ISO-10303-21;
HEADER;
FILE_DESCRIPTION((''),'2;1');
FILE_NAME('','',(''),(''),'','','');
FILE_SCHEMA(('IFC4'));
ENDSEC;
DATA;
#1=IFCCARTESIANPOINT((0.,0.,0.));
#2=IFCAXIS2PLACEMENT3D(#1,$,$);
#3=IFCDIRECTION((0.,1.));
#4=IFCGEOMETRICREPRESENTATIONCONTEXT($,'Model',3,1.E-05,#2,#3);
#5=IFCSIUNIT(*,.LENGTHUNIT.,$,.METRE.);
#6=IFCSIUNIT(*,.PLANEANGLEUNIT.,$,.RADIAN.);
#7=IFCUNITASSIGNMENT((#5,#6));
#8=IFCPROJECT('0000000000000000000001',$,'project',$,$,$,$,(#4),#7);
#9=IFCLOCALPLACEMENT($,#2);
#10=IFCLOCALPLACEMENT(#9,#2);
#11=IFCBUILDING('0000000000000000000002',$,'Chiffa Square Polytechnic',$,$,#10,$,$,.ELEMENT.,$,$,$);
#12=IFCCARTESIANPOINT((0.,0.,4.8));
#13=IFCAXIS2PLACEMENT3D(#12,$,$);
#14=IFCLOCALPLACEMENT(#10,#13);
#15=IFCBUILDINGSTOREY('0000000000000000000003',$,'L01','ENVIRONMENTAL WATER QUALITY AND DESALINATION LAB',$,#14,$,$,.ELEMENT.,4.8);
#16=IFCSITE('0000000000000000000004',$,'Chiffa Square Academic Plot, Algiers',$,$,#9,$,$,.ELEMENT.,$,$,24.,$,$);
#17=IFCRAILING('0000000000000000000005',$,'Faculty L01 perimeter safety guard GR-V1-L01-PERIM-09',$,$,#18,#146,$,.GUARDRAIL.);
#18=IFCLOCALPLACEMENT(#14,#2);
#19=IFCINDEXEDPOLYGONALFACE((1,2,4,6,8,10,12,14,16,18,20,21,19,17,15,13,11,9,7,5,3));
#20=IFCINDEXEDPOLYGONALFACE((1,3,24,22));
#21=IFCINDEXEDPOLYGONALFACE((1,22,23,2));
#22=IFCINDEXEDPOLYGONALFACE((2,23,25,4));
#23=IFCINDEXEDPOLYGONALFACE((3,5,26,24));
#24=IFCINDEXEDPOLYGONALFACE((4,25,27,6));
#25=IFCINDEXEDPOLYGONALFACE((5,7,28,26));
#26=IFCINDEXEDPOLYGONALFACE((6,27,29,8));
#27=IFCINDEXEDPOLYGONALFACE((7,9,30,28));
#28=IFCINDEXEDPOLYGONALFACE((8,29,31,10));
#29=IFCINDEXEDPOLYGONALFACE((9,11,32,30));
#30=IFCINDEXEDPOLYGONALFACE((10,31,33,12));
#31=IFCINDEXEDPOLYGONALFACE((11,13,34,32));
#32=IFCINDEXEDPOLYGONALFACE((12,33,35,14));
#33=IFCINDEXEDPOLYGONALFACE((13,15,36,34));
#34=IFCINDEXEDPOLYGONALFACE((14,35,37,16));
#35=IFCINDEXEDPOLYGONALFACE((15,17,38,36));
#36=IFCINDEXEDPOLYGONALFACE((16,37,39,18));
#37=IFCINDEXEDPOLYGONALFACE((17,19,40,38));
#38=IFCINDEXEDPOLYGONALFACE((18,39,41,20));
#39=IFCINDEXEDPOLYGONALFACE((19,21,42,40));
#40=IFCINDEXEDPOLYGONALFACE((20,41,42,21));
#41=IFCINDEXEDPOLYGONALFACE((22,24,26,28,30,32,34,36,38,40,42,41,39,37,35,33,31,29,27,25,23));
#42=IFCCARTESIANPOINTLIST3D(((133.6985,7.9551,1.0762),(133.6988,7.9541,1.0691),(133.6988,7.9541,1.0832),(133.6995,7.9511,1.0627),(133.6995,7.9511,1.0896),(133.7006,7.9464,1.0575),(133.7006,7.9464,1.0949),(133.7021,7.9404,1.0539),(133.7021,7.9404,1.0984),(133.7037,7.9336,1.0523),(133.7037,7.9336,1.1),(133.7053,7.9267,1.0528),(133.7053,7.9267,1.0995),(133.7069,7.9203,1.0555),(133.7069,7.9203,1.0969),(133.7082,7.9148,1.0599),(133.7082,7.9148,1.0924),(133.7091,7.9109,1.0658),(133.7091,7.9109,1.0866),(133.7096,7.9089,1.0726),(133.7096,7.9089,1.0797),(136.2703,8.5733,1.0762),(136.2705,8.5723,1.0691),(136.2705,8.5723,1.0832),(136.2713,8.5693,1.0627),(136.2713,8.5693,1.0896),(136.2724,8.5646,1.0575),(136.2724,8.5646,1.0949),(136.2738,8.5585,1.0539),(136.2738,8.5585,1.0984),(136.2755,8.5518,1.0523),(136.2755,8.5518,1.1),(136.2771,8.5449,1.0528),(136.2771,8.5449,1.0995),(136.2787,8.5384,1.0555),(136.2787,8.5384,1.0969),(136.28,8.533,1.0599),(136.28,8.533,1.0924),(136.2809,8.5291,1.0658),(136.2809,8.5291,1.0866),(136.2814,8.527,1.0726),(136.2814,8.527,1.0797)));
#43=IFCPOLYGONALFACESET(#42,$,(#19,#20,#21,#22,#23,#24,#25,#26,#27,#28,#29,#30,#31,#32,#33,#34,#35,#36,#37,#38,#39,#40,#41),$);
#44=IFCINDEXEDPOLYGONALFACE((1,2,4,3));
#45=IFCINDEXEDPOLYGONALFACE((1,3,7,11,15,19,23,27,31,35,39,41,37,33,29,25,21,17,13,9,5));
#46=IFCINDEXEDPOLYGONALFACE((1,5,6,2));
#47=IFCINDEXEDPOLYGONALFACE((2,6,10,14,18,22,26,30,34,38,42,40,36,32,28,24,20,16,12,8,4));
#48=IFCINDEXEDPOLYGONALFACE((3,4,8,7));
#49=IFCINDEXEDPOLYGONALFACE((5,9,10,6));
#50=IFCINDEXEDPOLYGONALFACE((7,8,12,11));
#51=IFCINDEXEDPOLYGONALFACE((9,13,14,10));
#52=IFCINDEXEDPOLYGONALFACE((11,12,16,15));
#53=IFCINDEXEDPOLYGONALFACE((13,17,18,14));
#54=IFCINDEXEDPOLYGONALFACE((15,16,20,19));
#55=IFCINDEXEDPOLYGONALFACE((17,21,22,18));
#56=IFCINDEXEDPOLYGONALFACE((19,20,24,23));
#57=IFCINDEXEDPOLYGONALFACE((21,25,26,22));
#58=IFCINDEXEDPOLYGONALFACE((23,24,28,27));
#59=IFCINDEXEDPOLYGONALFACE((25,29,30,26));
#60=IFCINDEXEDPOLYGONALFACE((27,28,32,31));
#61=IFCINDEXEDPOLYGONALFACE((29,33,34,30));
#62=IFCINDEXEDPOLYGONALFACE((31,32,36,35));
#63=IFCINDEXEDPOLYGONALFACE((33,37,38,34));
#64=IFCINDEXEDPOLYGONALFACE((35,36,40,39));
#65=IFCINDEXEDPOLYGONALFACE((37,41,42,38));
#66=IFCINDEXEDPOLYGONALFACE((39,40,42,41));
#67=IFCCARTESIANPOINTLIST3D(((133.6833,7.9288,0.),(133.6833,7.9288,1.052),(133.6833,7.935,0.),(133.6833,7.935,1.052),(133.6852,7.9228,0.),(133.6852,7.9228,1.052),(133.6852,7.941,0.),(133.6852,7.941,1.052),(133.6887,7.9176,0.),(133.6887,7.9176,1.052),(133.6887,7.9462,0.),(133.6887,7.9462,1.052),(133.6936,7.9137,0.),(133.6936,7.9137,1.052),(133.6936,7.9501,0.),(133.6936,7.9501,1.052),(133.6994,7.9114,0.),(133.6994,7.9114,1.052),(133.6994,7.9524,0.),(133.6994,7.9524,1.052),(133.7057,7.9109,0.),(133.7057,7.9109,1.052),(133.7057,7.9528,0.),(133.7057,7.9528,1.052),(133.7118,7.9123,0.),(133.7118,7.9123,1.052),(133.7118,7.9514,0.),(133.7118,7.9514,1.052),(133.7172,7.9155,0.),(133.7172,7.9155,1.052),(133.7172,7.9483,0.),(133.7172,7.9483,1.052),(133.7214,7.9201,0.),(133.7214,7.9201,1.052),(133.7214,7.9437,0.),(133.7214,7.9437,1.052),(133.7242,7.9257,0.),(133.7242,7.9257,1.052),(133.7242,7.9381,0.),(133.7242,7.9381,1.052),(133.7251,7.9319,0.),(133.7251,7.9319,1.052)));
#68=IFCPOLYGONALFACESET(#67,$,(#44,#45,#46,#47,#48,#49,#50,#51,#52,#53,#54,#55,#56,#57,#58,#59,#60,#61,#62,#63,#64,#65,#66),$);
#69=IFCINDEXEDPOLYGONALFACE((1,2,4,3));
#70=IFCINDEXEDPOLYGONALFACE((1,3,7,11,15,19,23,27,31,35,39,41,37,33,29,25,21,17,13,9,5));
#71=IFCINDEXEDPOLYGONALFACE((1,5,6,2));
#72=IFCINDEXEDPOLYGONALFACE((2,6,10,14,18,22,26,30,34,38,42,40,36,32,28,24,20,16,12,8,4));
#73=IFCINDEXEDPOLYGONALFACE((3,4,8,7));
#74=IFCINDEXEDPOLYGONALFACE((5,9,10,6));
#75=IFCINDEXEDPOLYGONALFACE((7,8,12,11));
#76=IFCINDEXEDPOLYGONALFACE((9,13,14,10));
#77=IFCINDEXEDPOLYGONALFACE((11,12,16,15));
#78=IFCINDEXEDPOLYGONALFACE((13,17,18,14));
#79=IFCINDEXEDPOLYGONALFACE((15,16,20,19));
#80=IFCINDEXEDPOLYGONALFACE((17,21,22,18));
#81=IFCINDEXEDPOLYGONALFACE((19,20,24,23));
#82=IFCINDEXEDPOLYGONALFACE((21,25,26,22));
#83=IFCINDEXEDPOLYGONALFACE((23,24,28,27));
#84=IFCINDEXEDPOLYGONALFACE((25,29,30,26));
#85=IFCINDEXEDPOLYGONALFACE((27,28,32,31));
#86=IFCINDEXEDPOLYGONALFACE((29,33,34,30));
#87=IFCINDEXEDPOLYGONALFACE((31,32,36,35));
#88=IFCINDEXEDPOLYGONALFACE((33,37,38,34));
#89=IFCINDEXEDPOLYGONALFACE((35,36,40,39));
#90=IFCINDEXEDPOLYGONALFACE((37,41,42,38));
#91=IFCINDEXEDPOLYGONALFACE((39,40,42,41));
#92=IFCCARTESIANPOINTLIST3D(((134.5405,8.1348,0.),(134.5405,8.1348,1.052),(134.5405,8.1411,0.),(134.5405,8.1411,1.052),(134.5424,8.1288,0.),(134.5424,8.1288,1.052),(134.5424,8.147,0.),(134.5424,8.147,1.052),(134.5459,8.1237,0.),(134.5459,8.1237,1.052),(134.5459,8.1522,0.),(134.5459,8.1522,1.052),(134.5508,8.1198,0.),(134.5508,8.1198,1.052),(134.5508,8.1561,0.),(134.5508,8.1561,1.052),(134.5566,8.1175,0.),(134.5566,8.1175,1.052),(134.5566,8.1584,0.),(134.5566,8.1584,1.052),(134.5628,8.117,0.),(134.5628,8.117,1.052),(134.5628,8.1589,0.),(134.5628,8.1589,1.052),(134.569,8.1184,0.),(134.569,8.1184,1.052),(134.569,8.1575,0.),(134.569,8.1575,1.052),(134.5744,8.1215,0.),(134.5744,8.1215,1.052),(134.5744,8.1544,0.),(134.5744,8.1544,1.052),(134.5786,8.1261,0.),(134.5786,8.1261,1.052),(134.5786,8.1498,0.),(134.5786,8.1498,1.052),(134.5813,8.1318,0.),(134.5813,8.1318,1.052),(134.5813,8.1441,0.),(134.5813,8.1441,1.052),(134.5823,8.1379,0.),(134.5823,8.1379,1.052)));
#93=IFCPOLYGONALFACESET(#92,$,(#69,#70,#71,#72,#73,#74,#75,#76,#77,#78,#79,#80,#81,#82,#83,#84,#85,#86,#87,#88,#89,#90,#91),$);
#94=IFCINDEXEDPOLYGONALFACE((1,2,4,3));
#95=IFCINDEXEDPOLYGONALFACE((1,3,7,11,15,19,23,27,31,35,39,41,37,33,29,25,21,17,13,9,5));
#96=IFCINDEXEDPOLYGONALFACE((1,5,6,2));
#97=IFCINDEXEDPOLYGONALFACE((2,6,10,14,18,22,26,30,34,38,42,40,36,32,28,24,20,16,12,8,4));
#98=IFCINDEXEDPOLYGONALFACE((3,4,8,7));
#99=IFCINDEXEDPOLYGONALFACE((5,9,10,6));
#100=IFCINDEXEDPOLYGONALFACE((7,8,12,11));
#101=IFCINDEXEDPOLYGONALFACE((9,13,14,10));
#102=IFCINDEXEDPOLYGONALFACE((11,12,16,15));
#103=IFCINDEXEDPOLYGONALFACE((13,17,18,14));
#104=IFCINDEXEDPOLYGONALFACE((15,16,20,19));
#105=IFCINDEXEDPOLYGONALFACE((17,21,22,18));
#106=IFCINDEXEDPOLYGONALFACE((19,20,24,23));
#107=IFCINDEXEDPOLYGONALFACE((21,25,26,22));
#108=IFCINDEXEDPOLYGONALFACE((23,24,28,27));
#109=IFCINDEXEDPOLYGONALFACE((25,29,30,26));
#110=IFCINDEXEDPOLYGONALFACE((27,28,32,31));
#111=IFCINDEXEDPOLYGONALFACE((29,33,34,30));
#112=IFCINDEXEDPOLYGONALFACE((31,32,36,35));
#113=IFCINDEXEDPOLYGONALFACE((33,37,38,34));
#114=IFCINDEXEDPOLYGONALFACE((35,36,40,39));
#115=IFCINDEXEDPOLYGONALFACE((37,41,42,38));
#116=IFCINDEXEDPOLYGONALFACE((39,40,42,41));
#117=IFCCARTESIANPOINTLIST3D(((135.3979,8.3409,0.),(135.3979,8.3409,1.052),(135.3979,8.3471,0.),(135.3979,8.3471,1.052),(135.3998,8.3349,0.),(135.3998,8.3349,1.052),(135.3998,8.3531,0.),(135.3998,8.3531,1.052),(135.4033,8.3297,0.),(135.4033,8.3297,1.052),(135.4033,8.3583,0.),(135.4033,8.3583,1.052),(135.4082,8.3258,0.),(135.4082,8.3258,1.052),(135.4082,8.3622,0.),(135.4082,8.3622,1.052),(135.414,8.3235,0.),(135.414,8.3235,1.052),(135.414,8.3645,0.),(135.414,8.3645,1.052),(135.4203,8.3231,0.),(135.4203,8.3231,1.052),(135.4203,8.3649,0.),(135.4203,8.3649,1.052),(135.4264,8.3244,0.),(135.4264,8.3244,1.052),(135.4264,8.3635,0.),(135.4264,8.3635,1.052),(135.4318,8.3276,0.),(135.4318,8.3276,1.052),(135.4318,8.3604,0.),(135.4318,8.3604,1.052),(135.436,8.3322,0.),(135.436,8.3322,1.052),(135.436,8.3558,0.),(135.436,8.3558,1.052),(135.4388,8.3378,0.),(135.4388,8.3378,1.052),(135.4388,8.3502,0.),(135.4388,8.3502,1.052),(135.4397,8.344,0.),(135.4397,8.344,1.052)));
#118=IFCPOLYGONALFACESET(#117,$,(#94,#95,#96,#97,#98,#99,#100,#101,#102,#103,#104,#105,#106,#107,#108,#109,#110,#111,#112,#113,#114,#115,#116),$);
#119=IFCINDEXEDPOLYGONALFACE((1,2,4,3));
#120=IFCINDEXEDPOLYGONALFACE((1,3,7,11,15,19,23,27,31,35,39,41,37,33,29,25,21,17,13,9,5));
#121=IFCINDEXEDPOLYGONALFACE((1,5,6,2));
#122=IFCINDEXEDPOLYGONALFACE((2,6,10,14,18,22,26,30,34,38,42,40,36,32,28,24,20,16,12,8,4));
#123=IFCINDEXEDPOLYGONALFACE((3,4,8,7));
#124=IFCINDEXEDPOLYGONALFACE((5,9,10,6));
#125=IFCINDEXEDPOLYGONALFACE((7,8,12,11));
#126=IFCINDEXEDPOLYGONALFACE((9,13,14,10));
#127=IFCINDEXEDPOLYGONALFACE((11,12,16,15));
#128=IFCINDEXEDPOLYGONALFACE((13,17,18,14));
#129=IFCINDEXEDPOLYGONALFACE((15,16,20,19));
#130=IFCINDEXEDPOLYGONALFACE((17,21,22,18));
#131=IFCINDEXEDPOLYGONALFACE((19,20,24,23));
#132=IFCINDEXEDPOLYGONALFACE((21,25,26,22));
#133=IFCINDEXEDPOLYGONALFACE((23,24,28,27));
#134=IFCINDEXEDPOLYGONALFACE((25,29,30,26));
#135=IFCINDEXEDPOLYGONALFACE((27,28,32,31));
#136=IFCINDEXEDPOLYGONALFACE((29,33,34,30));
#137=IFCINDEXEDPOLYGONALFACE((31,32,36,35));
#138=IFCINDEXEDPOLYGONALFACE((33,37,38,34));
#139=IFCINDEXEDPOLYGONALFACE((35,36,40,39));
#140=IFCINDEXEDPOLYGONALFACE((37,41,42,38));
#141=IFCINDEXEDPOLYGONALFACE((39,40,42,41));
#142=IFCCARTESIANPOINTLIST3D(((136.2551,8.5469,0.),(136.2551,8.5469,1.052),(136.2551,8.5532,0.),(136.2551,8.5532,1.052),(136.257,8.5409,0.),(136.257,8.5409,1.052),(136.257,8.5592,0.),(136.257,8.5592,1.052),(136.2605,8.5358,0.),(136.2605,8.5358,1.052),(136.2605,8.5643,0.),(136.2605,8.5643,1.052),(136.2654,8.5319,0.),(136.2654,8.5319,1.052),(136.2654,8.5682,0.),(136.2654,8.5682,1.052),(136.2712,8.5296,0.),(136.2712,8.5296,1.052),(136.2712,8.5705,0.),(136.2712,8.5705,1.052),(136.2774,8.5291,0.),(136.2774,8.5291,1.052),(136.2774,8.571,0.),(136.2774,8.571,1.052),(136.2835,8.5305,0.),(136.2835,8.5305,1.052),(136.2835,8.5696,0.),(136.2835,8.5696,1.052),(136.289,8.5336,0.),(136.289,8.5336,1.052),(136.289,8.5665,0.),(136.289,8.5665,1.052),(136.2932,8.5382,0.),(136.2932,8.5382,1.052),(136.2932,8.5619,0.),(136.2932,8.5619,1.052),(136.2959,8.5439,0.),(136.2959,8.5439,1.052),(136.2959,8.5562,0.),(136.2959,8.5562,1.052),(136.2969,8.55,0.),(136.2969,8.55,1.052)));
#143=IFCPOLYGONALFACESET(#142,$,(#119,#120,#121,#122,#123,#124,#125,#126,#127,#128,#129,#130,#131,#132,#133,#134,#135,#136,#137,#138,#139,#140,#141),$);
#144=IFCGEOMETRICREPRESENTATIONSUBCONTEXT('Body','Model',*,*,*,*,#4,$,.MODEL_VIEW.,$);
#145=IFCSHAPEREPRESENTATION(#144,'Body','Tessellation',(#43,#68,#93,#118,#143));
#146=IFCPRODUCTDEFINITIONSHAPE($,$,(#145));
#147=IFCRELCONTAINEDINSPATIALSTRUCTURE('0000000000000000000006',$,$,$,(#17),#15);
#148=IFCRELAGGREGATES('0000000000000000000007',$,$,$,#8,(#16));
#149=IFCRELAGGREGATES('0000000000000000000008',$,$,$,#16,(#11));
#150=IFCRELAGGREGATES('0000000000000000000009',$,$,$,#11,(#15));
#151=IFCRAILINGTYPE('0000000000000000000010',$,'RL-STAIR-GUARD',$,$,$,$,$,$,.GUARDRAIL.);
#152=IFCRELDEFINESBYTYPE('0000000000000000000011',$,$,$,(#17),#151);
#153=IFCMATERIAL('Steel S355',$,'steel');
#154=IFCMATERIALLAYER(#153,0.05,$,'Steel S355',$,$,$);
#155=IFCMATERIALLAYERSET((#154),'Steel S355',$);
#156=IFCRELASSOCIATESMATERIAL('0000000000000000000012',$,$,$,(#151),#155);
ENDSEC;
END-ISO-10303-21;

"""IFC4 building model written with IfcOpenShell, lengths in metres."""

from ifc_helpers import new_model, si_unit, direction, frame, origin, origin_2d, place, context, subcontext, project, spatial, circle, extrude, material, layer, layer_set, type_object, element, save


model = new_model("IFC4")

# Units and contexts
model_context = context("Model", 3, precision=1e-05, world=origin(), true_north=direction((0.0, 1.0)))
body_context = subcontext(model_context, "Body", "Model", "MODEL_VIEW")
ifc_project = project(units=[si_unit("LENGTHUNIT", "METRE"), si_unit("PLANEANGLEUNIT", "RADIAN")], contexts=[model_context])

# Site, building, storey
site_placement = place(None, origin())
site = spatial("IfcSite", under=ifc_project, at=site_placement, Name="Chiffa Square Academic Plot, Algiers", CompositionType="ELEMENT", RefElevation=24.0)
building_placement = place(site_placement, origin())
building = spatial("IfcBuilding", under=site, at=building_placement, Name="Chiffa Square Polytechnic", CompositionType="ELEMENT")
storey_placement = place(building_placement, frame((0.0, 0.0, 4.8)))
storey = spatial("IfcBuildingStorey", under=building, at=storey_placement, Name="L01", Description="ENVIRONMENTAL WATER QUALITY AND DESALINATION LAB", CompositionType="ELEMENT", Elevation=4.8)

# Shared definitions
ifc_material_1 = material(Name="Steel S355", Category="steel")

# Railing
ifc_layer_1 = layer(ifc_material_1, 0.05, Name="Steel S355")
ifc_layer_set_1 = layer_set([ifc_layer_1], Name="Steel S355")
railing_type = type_object("IfcRailingType", Name="RL-STAIR-GUARD", PredefinedType="GUARDRAIL", material=ifc_layer_set_1)
railing_1_placement = place(storey_placement, frame((133.7041, 7.9319, 0.0)))
element("IfcRailing", 1, at=railing_1_placement, inside=storey, type_object=railing_type, Name="Faculty L01 perimeter safety guard GR-V1-L01-PERIM-09", PredefinedType="GUARDRAIL", context=body_context, shape_type="SweptSolid", body=[
    extrude(circle(Radius=0.0239, at=origin_2d()), frame((0.0, 0.0, 1.0762), z_axis=(0.972307, 0.233708, 0.0), x_axis=(-0.233708, 0.972307, 0.0)), (0.0, 0.0, 1.0), 2.645),
    extrude(circle(Radius=0.021, at=origin_2d()), origin(), (0.0, 0.0, 1.0), 1.052),
    extrude(circle(Radius=0.021, at=origin_2d()), frame((0.8572, 0.2061, 0.0)), (0.0, 0.0, 1.0), 1.052),
    extrude(circle(Radius=0.021, at=origin_2d()), frame((1.7146, 0.4121, 0.0)), (0.0, 0.0, 1.0), 1.052),
    extrude(circle(Radius=0.021, at=origin_2d()), frame((2.5718, 0.6182, 0.0)), (0.0, 0.0, 1.0), 1.052),
])

save(model, "model.ifc")
